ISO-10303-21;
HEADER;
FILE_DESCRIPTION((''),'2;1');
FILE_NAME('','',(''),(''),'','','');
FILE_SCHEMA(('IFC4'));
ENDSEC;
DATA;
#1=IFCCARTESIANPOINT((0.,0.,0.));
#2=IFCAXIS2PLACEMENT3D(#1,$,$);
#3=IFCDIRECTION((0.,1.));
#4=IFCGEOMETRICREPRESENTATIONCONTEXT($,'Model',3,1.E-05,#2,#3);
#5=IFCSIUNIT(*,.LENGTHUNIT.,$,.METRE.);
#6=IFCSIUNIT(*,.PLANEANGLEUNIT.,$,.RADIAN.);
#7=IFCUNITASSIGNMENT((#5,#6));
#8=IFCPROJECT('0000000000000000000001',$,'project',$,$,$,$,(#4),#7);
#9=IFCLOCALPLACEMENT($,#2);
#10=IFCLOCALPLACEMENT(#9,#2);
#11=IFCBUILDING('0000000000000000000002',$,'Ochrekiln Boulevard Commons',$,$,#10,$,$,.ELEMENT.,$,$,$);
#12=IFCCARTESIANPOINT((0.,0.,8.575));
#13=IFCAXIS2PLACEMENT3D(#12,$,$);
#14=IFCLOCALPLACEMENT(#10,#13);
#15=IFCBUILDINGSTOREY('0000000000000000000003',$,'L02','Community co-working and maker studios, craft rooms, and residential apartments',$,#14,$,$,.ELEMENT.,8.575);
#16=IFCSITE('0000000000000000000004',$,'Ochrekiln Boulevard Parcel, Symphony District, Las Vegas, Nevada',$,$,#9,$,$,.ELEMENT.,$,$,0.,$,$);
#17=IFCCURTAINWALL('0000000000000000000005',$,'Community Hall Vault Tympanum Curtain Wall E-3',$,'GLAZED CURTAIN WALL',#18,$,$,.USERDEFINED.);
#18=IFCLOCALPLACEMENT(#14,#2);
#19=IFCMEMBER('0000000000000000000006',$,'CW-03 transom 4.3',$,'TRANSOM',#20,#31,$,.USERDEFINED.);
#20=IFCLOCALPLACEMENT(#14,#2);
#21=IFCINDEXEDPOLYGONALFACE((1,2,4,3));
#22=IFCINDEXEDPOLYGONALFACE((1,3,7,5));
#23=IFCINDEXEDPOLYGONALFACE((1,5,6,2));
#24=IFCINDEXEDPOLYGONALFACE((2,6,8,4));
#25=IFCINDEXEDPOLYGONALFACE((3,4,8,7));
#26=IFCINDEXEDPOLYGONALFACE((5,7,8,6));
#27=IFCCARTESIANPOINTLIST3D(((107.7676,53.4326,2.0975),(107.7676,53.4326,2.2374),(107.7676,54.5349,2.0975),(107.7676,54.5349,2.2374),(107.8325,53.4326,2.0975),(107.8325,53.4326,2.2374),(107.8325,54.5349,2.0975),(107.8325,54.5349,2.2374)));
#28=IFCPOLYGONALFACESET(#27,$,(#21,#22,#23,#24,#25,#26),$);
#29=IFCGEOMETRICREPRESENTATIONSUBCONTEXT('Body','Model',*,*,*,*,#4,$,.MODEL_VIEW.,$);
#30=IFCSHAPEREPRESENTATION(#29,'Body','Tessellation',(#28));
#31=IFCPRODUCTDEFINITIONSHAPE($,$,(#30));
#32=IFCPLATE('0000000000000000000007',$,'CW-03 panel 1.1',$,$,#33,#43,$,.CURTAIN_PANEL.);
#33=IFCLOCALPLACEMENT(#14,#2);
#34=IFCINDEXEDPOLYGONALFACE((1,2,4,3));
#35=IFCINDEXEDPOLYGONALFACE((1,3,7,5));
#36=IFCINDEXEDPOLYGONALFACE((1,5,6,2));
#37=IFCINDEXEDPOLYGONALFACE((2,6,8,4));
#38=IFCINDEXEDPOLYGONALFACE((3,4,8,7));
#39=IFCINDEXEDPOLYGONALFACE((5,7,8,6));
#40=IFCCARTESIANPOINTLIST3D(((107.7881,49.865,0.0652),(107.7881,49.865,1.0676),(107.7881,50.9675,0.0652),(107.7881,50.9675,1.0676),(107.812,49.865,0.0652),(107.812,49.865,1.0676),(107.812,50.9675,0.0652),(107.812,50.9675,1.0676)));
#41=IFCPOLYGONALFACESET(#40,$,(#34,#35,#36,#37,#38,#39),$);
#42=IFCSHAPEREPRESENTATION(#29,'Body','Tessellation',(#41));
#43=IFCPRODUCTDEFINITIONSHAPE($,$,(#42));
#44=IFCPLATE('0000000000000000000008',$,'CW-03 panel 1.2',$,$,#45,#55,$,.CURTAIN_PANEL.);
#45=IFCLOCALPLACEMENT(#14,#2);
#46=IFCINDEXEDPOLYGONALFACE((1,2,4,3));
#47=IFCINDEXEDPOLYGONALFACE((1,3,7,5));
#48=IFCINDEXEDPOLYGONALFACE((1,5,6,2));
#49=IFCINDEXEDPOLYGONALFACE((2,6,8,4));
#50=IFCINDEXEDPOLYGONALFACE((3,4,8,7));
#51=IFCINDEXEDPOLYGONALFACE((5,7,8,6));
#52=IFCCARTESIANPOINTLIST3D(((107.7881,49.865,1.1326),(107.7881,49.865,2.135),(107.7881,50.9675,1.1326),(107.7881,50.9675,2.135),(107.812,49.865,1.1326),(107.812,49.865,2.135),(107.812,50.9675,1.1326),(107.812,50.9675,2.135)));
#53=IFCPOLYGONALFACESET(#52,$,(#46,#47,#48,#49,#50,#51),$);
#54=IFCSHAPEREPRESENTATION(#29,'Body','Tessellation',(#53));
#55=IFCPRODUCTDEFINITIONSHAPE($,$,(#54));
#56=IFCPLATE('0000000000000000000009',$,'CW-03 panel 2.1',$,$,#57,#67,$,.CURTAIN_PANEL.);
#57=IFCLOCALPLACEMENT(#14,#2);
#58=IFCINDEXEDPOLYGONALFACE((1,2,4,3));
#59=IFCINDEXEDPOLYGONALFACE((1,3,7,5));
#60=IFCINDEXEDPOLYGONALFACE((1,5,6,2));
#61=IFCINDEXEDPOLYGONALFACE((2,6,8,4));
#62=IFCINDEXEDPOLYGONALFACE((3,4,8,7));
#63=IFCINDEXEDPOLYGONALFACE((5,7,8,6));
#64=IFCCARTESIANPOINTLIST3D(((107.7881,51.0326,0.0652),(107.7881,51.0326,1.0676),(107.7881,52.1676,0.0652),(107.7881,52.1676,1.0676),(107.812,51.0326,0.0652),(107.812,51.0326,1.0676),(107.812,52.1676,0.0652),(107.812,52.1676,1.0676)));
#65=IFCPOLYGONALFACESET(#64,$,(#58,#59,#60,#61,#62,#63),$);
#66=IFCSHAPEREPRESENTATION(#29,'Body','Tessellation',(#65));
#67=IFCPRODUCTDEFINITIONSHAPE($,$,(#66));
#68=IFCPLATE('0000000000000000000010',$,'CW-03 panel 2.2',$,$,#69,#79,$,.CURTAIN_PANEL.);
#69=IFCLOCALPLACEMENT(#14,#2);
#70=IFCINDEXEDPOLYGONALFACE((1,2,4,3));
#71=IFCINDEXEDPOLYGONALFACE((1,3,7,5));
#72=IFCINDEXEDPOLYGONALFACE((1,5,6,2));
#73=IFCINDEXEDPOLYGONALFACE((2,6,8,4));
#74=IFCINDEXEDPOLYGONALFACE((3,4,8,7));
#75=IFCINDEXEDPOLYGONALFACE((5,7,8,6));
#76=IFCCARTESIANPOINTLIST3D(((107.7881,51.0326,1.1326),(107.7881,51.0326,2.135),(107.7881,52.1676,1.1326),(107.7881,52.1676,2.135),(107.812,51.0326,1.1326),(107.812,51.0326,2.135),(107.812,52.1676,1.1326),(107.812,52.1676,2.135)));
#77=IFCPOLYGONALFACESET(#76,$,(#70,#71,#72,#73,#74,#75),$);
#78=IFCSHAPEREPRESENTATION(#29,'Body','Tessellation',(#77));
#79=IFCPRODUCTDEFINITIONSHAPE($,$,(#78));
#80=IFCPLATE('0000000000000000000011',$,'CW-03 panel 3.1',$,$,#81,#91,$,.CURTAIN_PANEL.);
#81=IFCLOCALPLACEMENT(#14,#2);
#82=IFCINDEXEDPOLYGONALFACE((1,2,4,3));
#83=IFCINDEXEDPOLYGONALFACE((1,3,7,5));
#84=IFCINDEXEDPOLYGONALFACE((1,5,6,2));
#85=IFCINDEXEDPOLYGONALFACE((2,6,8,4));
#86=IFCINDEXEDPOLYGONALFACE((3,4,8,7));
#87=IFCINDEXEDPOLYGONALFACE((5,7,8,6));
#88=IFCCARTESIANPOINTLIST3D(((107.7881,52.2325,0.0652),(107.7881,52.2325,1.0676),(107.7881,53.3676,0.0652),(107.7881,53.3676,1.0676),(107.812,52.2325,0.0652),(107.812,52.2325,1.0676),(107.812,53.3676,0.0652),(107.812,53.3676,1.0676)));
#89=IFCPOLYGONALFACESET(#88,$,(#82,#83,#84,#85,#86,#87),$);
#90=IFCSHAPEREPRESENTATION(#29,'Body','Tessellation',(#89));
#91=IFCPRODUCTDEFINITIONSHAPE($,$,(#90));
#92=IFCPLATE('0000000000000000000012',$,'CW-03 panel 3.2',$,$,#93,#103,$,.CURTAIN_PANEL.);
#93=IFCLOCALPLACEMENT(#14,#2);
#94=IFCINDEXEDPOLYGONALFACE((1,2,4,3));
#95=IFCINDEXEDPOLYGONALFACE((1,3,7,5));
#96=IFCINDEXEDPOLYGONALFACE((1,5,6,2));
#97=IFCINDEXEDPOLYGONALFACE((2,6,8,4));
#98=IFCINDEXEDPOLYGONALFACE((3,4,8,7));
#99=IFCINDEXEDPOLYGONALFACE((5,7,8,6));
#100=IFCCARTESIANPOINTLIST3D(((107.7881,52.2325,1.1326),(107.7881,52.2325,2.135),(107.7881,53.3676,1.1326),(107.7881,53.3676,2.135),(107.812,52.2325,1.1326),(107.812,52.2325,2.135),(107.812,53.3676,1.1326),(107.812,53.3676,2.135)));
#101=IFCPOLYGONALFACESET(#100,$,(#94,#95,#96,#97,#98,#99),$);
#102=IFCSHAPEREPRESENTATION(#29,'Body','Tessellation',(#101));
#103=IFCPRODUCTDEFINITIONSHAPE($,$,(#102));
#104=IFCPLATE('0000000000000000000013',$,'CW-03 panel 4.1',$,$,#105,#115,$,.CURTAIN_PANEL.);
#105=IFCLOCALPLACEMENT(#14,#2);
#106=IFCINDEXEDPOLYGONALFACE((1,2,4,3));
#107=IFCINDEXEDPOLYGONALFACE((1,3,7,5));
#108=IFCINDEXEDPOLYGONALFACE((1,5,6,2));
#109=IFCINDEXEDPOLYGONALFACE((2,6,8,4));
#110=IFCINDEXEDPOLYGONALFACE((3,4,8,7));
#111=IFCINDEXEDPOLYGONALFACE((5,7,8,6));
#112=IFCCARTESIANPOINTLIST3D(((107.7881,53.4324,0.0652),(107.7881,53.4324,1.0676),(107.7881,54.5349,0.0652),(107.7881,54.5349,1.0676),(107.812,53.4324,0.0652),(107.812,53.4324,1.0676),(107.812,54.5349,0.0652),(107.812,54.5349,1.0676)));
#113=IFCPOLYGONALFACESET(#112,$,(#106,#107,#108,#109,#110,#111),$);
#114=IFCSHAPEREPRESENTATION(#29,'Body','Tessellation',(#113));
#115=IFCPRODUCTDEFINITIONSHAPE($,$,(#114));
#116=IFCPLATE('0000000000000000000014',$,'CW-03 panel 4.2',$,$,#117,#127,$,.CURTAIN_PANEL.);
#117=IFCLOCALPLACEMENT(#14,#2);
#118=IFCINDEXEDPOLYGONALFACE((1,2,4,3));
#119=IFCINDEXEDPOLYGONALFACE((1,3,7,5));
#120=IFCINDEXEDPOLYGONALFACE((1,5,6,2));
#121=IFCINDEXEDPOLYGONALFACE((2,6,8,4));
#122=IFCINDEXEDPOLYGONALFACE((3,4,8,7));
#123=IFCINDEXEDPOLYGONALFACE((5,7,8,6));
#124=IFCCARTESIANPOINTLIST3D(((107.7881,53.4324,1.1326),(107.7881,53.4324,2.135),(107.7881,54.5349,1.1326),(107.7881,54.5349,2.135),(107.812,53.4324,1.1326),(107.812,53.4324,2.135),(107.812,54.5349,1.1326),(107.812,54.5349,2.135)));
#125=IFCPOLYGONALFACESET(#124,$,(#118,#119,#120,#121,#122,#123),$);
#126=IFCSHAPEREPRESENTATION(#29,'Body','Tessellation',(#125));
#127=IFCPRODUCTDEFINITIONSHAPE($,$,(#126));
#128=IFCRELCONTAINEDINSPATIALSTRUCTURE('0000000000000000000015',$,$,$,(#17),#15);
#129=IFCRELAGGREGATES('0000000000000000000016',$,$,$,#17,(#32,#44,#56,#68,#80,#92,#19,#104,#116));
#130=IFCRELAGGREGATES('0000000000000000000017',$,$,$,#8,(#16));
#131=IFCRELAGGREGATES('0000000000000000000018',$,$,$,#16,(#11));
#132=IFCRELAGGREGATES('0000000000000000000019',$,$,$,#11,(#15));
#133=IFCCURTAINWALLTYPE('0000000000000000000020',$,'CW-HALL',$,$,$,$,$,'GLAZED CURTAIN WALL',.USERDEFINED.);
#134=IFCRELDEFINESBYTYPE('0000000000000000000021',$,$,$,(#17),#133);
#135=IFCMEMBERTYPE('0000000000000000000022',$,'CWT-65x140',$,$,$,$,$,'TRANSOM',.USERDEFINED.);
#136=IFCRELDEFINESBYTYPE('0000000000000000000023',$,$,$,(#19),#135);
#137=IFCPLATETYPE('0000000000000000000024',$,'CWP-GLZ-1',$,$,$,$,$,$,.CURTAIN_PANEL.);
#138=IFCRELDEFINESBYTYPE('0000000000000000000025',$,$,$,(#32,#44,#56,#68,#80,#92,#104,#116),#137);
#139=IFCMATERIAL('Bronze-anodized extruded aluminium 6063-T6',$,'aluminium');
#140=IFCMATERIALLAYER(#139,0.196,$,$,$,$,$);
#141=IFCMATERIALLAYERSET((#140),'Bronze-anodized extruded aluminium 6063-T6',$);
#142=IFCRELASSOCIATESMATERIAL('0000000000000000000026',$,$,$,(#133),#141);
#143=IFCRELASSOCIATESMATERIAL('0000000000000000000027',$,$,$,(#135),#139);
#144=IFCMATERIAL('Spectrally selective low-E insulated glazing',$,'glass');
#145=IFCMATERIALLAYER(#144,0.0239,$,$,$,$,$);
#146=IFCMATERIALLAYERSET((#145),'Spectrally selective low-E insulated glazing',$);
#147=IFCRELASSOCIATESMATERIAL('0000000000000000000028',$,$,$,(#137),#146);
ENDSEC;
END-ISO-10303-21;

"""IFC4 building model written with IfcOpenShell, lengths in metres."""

from ifc_helpers import new_model, si_unit, direction, frame, origin, origin_2d, place, context, subcontext, project, spatial, rectangle, extrude, material, layer, layer_set, material_profile, profile_set, type_object, element, aggregate, save


model = new_model("IFC4")

# Units and contexts
model_context = context("Model", 3, precision=1e-05, world=origin(), true_north=direction((0.0, 1.0)))
body_context = subcontext(model_context, "Body", "Model", "MODEL_VIEW")
ifc_project = project(units=[si_unit("LENGTHUNIT", "METRE"), si_unit("PLANEANGLEUNIT", "RADIAN")], contexts=[model_context])

# Site, building, storey
site_placement = place(None, origin())
site = spatial("IfcSite", under=ifc_project, at=site_placement, Name="Ochrekiln Boulevard Parcel, Symphony District, Las Vegas, Nevada", CompositionType="ELEMENT", RefElevation=0.0)
building_placement = place(site_placement, origin())
building = spatial("IfcBuilding", under=site, at=building_placement, Name="Ochrekiln Boulevard Commons", CompositionType="ELEMENT")
storey_placement = place(building_placement, frame((0.0, 0.0, 8.575)))
storey = spatial("IfcBuildingStorey", under=building, at=storey_placement, Name="L02", Description="Community co-working and maker studios, craft rooms, and residential apartments", CompositionType="ELEMENT", Elevation=8.575)

# Curtain wall, member, plates
ifc_material_1 = material(Name="Bronze-anodized extruded aluminium 6063-T6", Category="aluminium")
ifc_layer_1 = layer(ifc_material_1, 0.196)
ifc_layer_set_1 = layer_set([ifc_layer_1], Name="Bronze-anodized extruded aluminium 6063-T6")
curtain_wall_type = type_object("IfcCurtainWallType", Name="CW-HALL", ElementType="GLAZED CURTAIN WALL", PredefinedType="USERDEFINED", material=ifc_layer_set_1)
curtain_wall_placement = place(storey_placement, origin())
curtain_wall = element("IfcCurtainWall", 1, at=curtain_wall_placement, inside=storey, type_object=curtain_wall_type, Name="Community Hall Vault Tympanum Curtain Wall E-3", ObjectType="GLAZED CURTAIN WALL", PredefinedType="USERDEFINED")
ifc_material_profile_1 = material_profile(ifc_material_1, rectangle(XDim=0.0649, YDim=0.1399, at=origin_2d()), Name="ALU-TRN-65x140")
ifc_profile_set_1 = profile_set([ifc_material_profile_1], Name="Bronze-anodized extruded aluminium 6063-T6")
member_type_1 = type_object("IfcMemberType", Name="CWT-65x140", ElementType="TRANSOM", PredefinedType="USERDEFINED", material=ifc_profile_set_1)
member_1_placement = place(storey_placement, frame((107.8, 53.4326, 2.1675), z_axis=(0.0, 1.0, 0.0), x_axis=(-1.0, 0.0, 0.0)))
member_1 = element("IfcMember", 2, at=member_1_placement, type_object=member_type_1, Name="CW-03 transom 4.3", ObjectType="TRANSOM", PredefinedType="USERDEFINED", context=body_context, shape_type="SweptSolid", body=[
    extrude(rectangle(XDim=0.0649, YDim=0.1399, at=origin_2d()), origin(), (0.0, 0.0, 1.0), 1.1023),
])
ifc_material_2 = material(Name="Spectrally selective low-E insulated glazing", Category="glass")
ifc_layer_2 = layer(ifc_material_2, 0.0239)
ifc_layer_set_2 = layer_set([ifc_layer_2], Name="Spectrally selective low-E insulated glazing")
plate_type = type_object("IfcPlateType", Name="CWP-GLZ-1", PredefinedType="CURTAIN_PANEL", material=ifc_layer_set_2)
plate_1_placement = place(storey_placement, frame((107.8, 50.4163, 0.0652), z_axis=(0.0, 0.0, 1.0), x_axis=(0.0, 1.0, 0.0)))
plate_1 = element("IfcPlate", 3, at=plate_1_placement, type_object=plate_type, Name="CW-03 panel 1.1", PredefinedType="CURTAIN_PANEL", context=body_context, shape_type="SweptSolid", body=[
    extrude(rectangle(XDim=1.1025, YDim=0.0239, at=origin_2d()), origin(), (0.0, 0.0, 1.0), 1.0024),
])
plate_2_placement = place(storey_placement, frame((107.8, 50.4163, 1.1326), z_axis=(0.0, 0.0, 1.0), x_axis=(0.0, 1.0, 0.0)))
plate_2 = element("IfcPlate", 4, at=plate_2_placement, type_object=plate_type, Name="CW-03 panel 1.2", PredefinedType="CURTAIN_PANEL", context=body_context, shape_type="SweptSolid", body=[
    extrude(rectangle(XDim=1.1025, YDim=0.0239, at=origin_2d()), origin(), (0.0, 0.0, 1.0), 1.0024),
])
plate_3_placement = place(storey_placement, frame((107.8, 51.6001, 0.0652), z_axis=(0.0, 0.0, 1.0), x_axis=(0.0, 1.0, 0.0)))
plate_3 = element("IfcPlate", 5, at=plate_3_placement, type_object=plate_type, Name="CW-03 panel 2.1", PredefinedType="CURTAIN_PANEL", context=body_context, shape_type="SweptSolid", body=[
    extrude(rectangle(XDim=1.135, YDim=0.0239, at=origin_2d()), origin(), (0.0, 0.0, 1.0), 1.0024),
])
plate_4_placement = place(storey_placement, frame((107.8, 51.6001, 1.1326), z_axis=(0.0, 0.0, 1.0), x_axis=(0.0, 1.0, 0.0)))
plate_4 = element("IfcPlate", 6, at=plate_4_placement, type_object=plate_type, Name="CW-03 panel 2.2", PredefinedType="CURTAIN_PANEL", context=body_context, shape_type="SweptSolid", body=[
    extrude(rectangle(XDim=1.135, YDim=0.0239, at=origin_2d()), origin(), (0.0, 0.0, 1.0), 1.0024),
])
plate_5_placement = place(storey_placement, frame((107.8, 52.8, 0.0652), z_axis=(0.0, 0.0, 1.0), x_axis=(0.0, 1.0, 0.0)))
plate_5 = element("IfcPlate", 7, at=plate_5_placement, type_object=plate_type, Name="CW-03 panel 3.1", PredefinedType="CURTAIN_PANEL", context=body_context, shape_type="SweptSolid", body=[
    extrude(rectangle(XDim=1.135, YDim=0.0239, at=origin_2d()), origin(), (0.0, 0.0, 1.0), 1.0024),
])
plate_6_placement = place(storey_placement, frame((107.8, 52.8, 1.1326), z_axis=(0.0, 0.0, 1.0), x_axis=(0.0, 1.0, 0.0)))
plate_6 = element("IfcPlate", 8, at=plate_6_placement, type_object=plate_type, Name="CW-03 panel 3.2", PredefinedType="CURTAIN_PANEL", context=body_context, shape_type="SweptSolid", body=[
    extrude(rectangle(XDim=1.135, YDim=0.0239, at=origin_2d()), origin(), (0.0, 0.0, 1.0), 1.0024),
])
plate_7_placement = place(storey_placement, frame((107.8, 53.9836, 0.0652), z_axis=(0.0, 0.0, 1.0), x_axis=(0.0, 1.0, 0.0)))
plate_7 = element("IfcPlate", 9, at=plate_7_placement, type_object=plate_type, Name="CW-03 panel 4.1", PredefinedType="CURTAIN_PANEL", context=body_context, shape_type="SweptSolid", body=[
    extrude(rectangle(XDim=1.1025, YDim=0.0239, at=origin_2d()), origin(), (0.0, 0.0, 1.0), 1.0024),
])
plate_8_placement = place(storey_placement, frame((107.8, 53.9836, 1.1326), z_axis=(0.0, 0.0, 1.0), x_axis=(0.0, 1.0, 0.0)))
plate_8 = element("IfcPlate", 10, at=plate_8_placement, type_object=plate_type, Name="CW-03 panel 4.2", PredefinedType="CURTAIN_PANEL", context=body_context, shape_type="SweptSolid", body=[
    extrude(rectangle(XDim=1.1025, YDim=0.0239, at=origin_2d()), origin(), (0.0, 0.0, 1.0), 1.0024),
])
aggregate(curtain_wall, [plate_1, plate_2, plate_3, plate_4, plate_5, plate_6, member_1, plate_7, plate_8])

save(model, "model.ifc")
